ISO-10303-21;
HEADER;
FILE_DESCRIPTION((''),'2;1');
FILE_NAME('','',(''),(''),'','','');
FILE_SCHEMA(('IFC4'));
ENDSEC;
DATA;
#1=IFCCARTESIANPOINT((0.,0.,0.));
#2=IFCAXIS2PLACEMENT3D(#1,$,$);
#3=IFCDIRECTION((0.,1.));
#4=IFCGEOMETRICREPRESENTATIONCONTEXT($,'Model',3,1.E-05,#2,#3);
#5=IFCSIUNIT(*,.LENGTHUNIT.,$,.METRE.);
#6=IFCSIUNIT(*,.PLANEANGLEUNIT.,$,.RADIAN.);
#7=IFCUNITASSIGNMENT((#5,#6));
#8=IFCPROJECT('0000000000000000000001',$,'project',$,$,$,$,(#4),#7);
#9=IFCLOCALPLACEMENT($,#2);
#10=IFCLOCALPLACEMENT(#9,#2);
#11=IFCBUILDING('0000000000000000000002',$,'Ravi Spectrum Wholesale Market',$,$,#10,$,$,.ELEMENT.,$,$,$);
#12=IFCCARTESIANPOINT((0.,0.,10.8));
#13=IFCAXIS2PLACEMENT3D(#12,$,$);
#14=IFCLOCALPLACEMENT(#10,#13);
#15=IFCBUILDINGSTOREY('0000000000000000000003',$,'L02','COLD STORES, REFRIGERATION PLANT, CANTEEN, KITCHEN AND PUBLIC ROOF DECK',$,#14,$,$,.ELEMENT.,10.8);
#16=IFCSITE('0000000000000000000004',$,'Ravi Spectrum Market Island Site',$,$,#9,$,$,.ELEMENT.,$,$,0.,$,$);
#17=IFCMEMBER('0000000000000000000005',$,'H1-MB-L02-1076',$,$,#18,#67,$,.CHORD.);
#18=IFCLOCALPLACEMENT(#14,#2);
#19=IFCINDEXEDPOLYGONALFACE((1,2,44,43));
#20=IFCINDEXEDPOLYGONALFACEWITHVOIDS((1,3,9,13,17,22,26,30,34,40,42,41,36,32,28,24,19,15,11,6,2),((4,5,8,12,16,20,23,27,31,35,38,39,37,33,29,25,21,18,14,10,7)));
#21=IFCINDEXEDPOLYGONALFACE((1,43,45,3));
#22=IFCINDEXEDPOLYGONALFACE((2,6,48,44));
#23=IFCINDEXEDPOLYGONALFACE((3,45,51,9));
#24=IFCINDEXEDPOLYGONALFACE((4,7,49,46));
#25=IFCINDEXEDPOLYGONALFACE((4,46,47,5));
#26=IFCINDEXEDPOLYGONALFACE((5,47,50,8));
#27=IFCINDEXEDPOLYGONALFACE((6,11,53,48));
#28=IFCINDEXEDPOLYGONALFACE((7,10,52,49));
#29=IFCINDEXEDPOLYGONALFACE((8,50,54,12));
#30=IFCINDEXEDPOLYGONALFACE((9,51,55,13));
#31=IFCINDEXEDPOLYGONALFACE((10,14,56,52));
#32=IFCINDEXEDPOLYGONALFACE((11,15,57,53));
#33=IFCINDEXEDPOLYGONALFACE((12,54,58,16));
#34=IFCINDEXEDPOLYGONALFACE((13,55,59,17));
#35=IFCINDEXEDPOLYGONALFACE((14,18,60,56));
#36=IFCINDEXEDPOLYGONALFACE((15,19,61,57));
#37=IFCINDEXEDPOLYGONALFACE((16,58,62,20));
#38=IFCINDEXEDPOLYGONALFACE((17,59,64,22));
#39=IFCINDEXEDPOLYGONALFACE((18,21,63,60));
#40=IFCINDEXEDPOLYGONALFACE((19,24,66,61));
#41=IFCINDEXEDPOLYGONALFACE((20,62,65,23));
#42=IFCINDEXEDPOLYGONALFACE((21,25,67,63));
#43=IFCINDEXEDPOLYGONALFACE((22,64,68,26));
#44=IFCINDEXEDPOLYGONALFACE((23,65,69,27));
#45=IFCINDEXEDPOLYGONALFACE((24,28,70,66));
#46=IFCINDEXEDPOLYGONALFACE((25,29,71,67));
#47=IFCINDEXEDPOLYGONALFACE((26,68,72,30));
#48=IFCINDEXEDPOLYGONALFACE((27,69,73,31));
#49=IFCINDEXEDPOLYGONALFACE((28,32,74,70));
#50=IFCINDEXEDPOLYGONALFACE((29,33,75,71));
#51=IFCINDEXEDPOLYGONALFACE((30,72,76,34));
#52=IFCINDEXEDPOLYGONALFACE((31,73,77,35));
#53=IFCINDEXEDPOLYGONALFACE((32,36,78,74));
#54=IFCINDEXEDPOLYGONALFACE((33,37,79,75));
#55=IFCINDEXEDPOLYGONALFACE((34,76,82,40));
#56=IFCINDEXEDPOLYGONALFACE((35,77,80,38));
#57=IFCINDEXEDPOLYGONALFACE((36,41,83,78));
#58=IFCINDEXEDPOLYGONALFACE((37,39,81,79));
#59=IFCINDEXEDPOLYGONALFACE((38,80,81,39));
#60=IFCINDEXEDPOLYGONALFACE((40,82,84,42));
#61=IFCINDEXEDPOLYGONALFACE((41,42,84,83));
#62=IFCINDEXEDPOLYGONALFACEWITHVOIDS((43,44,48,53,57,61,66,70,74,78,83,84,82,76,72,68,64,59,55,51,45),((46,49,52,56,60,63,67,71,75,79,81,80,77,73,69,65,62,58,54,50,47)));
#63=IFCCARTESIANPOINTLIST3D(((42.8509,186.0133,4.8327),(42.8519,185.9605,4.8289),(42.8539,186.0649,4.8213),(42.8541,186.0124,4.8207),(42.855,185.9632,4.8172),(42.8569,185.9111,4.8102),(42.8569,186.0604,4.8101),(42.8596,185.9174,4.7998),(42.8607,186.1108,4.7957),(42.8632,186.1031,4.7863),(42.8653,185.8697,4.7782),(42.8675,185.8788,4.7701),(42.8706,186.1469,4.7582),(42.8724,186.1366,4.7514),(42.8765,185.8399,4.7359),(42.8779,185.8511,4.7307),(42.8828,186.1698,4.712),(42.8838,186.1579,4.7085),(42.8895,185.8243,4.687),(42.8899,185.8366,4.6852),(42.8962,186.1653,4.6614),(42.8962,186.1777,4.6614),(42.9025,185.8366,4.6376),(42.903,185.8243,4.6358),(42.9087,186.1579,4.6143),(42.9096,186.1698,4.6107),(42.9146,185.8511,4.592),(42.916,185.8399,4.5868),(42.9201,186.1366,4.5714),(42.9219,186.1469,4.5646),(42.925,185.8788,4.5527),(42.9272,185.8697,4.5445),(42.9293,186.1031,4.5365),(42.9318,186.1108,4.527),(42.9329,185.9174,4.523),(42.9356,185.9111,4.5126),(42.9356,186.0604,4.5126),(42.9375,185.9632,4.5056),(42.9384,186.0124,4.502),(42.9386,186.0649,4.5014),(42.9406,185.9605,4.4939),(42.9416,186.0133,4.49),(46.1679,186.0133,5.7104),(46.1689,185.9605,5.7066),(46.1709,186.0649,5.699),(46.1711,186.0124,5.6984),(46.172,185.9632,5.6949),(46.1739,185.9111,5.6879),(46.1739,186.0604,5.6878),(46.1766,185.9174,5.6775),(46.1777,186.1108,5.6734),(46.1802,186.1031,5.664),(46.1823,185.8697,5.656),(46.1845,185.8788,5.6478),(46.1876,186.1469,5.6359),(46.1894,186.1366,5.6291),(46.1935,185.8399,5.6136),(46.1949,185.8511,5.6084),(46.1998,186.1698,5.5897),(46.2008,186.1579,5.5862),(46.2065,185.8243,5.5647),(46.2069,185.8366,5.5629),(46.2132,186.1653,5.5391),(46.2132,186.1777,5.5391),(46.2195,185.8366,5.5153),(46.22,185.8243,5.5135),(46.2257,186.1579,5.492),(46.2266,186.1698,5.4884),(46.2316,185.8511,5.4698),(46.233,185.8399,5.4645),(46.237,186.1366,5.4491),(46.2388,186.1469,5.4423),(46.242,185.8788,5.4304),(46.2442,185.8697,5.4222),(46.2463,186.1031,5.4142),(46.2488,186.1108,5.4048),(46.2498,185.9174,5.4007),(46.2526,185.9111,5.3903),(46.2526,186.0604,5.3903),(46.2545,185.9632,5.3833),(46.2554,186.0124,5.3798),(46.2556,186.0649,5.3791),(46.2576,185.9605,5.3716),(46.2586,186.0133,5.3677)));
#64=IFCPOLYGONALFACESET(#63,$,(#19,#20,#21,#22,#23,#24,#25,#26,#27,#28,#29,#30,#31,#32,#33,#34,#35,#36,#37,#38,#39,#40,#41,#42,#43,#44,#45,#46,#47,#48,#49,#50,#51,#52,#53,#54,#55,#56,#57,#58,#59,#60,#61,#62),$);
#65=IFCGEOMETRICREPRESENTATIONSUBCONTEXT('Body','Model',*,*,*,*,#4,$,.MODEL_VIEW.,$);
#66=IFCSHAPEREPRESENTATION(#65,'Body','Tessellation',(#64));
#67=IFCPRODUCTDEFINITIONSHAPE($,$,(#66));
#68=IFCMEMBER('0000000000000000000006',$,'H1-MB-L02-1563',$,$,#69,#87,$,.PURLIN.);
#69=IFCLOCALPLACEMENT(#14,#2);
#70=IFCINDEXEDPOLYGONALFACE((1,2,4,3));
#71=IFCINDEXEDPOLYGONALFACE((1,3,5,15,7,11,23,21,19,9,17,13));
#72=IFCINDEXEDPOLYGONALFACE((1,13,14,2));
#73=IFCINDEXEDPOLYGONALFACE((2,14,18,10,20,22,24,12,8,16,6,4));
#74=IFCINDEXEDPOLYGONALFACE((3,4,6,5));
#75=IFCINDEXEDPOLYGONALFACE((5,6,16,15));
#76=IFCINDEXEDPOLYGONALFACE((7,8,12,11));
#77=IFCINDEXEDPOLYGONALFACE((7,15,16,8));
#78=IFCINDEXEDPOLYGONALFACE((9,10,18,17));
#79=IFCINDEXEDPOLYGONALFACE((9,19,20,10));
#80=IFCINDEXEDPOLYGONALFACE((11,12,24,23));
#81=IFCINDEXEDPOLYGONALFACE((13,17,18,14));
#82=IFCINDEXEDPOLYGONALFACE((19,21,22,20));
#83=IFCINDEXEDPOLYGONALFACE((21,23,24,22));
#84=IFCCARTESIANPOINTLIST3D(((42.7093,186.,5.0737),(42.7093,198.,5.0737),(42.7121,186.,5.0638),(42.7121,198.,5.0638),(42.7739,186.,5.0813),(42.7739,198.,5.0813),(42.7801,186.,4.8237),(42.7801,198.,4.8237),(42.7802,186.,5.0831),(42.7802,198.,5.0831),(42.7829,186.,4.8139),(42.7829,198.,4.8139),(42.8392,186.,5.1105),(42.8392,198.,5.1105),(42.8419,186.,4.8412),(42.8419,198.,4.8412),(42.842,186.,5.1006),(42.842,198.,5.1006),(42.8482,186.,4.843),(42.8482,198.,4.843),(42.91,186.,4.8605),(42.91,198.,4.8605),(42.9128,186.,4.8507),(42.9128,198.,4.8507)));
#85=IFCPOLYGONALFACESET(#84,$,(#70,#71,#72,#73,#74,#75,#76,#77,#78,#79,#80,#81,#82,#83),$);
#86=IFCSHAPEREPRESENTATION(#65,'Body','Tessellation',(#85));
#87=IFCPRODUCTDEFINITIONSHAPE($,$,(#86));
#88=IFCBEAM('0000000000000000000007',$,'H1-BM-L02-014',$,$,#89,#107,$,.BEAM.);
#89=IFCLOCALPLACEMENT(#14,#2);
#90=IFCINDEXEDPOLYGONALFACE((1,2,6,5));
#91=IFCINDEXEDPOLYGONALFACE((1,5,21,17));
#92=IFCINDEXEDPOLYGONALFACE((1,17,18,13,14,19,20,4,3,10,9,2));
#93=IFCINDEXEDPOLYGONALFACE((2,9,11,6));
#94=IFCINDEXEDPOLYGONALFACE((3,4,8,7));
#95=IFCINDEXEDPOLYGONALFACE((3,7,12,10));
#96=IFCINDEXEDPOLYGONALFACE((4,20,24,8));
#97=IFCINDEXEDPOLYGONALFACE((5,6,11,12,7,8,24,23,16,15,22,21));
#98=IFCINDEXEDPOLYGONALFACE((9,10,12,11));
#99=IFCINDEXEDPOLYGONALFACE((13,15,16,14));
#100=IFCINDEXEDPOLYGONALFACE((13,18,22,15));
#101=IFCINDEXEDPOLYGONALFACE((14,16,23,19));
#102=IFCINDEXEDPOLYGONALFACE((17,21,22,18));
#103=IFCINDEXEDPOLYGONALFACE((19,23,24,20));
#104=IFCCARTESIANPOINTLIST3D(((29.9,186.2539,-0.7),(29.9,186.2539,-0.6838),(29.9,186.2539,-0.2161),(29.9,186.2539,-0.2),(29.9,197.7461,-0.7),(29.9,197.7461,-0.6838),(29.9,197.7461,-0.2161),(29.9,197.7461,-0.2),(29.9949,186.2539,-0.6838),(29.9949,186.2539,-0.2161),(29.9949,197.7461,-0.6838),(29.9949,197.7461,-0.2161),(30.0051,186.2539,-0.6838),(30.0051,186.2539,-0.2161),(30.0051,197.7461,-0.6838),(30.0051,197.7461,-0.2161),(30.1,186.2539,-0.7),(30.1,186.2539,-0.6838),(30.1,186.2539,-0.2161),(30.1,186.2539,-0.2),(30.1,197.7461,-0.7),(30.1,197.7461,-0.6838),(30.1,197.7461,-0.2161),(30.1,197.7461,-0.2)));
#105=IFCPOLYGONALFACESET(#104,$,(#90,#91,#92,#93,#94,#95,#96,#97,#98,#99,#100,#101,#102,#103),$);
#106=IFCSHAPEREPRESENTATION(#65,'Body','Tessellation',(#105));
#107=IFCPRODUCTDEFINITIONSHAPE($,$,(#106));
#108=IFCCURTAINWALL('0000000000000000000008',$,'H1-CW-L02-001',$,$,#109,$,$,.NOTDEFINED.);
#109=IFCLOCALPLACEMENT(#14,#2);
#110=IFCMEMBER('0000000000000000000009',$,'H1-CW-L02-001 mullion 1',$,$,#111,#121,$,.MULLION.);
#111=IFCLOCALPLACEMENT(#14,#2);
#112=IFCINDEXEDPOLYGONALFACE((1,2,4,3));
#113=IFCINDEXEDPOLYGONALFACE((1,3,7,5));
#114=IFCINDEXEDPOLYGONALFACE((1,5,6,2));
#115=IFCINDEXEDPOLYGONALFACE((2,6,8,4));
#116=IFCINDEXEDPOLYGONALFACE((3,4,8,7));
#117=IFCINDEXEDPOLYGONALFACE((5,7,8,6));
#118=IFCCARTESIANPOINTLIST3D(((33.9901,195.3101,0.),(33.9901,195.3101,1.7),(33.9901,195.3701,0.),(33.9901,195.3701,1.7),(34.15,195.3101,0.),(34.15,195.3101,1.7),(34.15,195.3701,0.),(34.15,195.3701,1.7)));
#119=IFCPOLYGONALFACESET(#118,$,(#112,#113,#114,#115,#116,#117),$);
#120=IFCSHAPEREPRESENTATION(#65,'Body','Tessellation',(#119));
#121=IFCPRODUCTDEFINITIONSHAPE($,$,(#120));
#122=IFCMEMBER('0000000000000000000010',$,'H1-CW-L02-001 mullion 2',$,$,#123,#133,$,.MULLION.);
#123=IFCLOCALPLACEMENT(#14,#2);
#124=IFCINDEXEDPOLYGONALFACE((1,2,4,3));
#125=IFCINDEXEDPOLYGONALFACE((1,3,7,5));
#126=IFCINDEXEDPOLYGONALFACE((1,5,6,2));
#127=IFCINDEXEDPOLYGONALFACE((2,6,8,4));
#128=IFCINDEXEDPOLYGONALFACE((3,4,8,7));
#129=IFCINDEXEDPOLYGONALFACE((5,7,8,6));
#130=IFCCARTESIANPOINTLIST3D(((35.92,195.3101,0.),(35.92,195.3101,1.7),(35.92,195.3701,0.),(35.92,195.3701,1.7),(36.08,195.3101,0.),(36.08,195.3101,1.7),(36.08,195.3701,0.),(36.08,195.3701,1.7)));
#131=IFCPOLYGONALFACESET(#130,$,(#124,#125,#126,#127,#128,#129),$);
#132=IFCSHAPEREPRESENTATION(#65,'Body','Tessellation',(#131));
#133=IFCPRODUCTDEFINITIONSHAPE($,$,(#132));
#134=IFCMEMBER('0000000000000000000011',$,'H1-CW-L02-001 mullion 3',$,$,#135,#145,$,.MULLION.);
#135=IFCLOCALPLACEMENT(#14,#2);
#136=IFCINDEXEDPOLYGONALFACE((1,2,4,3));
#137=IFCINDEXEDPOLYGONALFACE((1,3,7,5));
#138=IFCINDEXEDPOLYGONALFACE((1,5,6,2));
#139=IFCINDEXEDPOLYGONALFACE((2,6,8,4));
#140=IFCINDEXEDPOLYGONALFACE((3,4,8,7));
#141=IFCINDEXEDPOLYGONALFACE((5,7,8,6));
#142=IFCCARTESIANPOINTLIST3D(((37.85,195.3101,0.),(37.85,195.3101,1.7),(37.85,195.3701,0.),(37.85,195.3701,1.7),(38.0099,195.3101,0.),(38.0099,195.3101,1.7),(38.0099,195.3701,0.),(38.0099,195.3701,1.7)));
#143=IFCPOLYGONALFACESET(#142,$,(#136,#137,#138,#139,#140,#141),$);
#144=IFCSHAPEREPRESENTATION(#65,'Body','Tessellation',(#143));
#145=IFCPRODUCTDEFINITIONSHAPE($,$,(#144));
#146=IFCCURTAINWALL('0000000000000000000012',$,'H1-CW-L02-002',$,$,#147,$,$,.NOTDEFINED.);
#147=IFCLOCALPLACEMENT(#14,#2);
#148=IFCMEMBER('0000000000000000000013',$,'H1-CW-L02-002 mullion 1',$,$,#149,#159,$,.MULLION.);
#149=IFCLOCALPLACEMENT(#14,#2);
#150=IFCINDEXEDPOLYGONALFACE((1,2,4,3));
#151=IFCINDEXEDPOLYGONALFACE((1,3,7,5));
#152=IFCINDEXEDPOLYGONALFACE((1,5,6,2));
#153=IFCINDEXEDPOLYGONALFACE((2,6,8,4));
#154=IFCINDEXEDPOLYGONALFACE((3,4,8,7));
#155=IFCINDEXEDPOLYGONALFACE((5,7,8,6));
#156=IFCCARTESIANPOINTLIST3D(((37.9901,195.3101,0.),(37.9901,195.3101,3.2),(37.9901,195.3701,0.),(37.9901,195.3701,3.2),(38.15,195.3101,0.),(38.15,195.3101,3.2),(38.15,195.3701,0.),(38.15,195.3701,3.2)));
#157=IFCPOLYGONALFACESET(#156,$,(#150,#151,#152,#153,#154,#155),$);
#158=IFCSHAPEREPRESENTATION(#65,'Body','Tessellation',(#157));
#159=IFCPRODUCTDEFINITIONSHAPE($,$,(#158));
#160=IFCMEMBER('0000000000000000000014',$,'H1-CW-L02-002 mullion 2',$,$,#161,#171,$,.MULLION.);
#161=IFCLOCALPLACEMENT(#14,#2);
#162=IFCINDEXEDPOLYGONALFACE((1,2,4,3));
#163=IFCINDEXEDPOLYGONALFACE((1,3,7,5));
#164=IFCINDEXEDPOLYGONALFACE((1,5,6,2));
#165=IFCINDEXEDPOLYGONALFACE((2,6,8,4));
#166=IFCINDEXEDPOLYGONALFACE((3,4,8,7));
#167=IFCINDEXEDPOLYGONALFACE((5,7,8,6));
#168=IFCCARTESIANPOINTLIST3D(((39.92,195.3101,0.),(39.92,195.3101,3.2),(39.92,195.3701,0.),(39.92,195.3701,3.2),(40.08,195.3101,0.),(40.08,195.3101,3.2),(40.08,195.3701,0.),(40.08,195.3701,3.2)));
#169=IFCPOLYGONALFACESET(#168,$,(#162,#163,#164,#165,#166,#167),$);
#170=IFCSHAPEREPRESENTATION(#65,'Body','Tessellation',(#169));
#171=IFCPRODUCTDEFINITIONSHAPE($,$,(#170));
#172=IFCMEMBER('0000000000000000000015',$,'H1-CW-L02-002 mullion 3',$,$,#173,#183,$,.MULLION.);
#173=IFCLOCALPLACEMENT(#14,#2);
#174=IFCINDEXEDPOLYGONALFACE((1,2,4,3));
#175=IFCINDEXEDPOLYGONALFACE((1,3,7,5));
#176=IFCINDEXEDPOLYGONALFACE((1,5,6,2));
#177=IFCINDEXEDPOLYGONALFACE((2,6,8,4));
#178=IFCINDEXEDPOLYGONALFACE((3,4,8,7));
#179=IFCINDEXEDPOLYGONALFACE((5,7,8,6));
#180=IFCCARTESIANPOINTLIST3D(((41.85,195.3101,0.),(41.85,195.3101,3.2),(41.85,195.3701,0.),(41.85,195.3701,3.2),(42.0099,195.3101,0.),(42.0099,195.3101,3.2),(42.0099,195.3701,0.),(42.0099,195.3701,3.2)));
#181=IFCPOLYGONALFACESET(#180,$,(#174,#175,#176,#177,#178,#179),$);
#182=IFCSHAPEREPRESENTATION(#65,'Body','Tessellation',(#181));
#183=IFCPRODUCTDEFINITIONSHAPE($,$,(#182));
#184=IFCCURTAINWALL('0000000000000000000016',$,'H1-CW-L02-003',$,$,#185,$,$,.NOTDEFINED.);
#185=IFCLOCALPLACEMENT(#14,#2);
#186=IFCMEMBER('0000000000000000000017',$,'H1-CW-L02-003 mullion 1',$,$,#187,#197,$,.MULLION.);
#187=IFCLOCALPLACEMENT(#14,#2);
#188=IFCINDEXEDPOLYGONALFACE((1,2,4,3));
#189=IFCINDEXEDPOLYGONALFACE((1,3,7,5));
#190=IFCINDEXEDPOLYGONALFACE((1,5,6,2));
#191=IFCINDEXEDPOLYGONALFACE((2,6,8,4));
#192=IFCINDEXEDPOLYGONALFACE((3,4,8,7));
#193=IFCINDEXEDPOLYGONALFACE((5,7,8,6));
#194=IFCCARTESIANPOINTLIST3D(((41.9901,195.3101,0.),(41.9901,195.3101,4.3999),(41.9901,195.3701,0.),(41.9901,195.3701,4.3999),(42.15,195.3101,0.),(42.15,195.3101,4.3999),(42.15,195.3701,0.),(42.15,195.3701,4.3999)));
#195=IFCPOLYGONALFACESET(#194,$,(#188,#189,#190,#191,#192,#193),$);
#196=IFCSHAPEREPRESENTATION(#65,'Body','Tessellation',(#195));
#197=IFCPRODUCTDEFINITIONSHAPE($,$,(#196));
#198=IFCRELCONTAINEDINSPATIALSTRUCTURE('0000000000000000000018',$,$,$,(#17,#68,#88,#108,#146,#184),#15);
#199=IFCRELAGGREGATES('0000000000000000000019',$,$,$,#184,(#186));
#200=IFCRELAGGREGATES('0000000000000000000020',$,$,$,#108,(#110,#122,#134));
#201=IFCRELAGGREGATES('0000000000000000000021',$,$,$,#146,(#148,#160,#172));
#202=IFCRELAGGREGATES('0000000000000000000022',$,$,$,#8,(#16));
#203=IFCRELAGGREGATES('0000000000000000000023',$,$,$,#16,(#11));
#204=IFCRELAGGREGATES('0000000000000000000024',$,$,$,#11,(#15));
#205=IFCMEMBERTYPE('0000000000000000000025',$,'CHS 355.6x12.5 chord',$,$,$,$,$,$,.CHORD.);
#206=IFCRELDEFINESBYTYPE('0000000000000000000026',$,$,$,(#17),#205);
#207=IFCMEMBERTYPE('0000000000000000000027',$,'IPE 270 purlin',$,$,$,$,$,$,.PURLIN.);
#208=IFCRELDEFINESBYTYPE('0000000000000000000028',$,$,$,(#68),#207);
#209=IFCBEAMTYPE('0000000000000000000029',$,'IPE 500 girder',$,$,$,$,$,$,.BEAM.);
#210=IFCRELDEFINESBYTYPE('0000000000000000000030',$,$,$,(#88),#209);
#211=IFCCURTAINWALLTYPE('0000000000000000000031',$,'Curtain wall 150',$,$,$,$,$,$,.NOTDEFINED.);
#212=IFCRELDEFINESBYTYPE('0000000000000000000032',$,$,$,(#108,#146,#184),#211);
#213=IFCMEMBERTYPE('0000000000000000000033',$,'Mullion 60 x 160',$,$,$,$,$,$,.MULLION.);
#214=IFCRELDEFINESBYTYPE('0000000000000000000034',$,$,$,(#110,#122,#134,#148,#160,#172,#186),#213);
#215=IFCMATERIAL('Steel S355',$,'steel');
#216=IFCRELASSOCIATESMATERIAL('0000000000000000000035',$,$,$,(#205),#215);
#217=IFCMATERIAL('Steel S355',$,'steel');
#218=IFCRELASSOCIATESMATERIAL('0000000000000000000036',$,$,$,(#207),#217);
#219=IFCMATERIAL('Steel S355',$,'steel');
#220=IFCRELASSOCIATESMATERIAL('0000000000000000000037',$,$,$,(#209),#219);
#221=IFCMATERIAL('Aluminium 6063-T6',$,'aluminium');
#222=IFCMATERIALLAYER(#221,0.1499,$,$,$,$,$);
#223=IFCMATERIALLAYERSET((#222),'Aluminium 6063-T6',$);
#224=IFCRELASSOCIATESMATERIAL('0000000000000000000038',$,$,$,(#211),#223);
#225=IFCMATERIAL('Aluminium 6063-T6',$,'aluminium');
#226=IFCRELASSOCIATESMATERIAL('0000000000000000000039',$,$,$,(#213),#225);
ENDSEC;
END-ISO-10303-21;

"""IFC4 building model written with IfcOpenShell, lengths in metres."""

from ifc_helpers import new_model, si_unit, direction, frame, origin, origin_2d, place, context, subcontext, project, spatial, rectangle, hollow_circle, i_section, extrude, material, layer, layer_set, material_profile, profile_set, type_object, element, aggregate, save


model = new_model("IFC4")

# Units and contexts
model_context = context("Model", 3, precision=1e-05, world=origin(), true_north=direction((0.0, 1.0)))
body_context = subcontext(model_context, "Body", "Model", "MODEL_VIEW")
ifc_project = project(units=[si_unit("LENGTHUNIT", "METRE"), si_unit("PLANEANGLEUNIT", "RADIAN")], contexts=[model_context])

# Site, building, storey
site_placement = place(None, origin())
site = spatial("IfcSite", under=ifc_project, at=site_placement, Name="Ravi Spectrum Market Island Site", CompositionType="ELEMENT", RefElevation=0.0)
building_placement = place(site_placement, origin())
building = spatial("IfcBuilding", under=site, at=building_placement, Name="Ravi Spectrum Wholesale Market", CompositionType="ELEMENT")
storey_placement = place(building_placement, frame((0.0, 0.0, 10.8)))
storey = spatial("IfcBuildingStorey", under=building, at=storey_placement, Name="L02", Description="COLD STORES, REFRIGERATION PLANT, CANTEEN, KITCHEN AND PUBLIC ROOF DECK", CompositionType="ELEMENT", Elevation=10.8)

# Members
ifc_material_1 = material(Name="Steel S355", Category="steel")
ifc_material_profile_1 = material_profile(ifc_material_1, hollow_circle(Radius=0.1777, WallThickness=0.0125, at=origin_2d()))
ifc_profile_set_1 = profile_set([ifc_material_profile_1], Name="Steel S355")
member_type_1 = type_object("IfcMemberType", Name="CHS 355.6x12.5 chord", PredefinedType="CHORD", material=ifc_profile_set_1)
member_1_placement = place(storey_placement, frame((42.8962, 186.0, 4.6614), z_axis=(0.966728, 0.0, 0.255807), x_axis=(0.0, 1.0, 0.0)))
element("IfcMember", 1, at=member_1_placement, inside=storey, type_object=member_type_1, Name="H1-MB-L02-1076", PredefinedType="CHORD", context=body_context, shape_type="SweptSolid", body=[
    extrude(hollow_circle(Radius=0.1777, WallThickness=0.0125, at=origin_2d()), origin(), (0.0, 0.0, 1.0), 3.4312),
])
ifc_material_2 = material(Name="Steel S355", Category="steel")
ifc_material_profile_2 = material_profile(ifc_material_2, i_section(OverallWidth=0.135, OverallDepth=0.27, WebThickness=0.0066, FlangeThickness=0.0103, at=origin_2d()))
ifc_profile_set_2 = profile_set([ifc_material_profile_2], Name="Steel S355")
member_type_2 = type_object("IfcMemberType", Name="IPE 270 purlin", PredefinedType="PURLIN", material=ifc_profile_set_2)
member_2_placement = place(storey_placement, frame((42.811, 186.0, 4.9622), z_axis=(0.0, 1.0, 0.0), x_axis=(-0.962156, 0.0, -0.272499)))
element("IfcMember", 2, at=member_2_placement, inside=storey, type_object=member_type_2, Name="H1-MB-L02-1563", PredefinedType="PURLIN", context=body_context, shape_type="SweptSolid", body=[
    extrude(i_section(OverallWidth=0.135, OverallDepth=0.27, WebThickness=0.0066, FlangeThickness=0.0103, at=origin_2d()), origin(), (0.0, 0.0, 1.0), 12.0),
])

# Beam
ifc_material_3 = material(Name="Steel S355", Category="steel")
ifc_material_profile_3 = material_profile(ifc_material_3, i_section(OverallWidth=0.2, OverallDepth=0.5, WebThickness=0.0103, FlangeThickness=0.0161, at=origin_2d()))
ifc_profile_set_3 = profile_set([ifc_material_profile_3], Name="Steel S355")
beam_type = type_object("IfcBeamType", Name="IPE 500 girder", PredefinedType="BEAM", material=ifc_profile_set_3)
beam_placement = place(storey_placement, frame((30.0, 186.2539, -0.45), z_axis=(0.0, 1.0, 0.0), x_axis=(-1.0, 0.0, 0.0)))
element("IfcBeam", 3, at=beam_placement, inside=storey, type_object=beam_type, Name="H1-BM-L02-014", PredefinedType="BEAM", context=body_context, shape_type="SweptSolid", body=[
    extrude(i_section(OverallWidth=0.2, OverallDepth=0.5, WebThickness=0.0103, FlangeThickness=0.0161, at=origin_2d()), origin(), (0.0, 0.0, 1.0), 11.4922),
])

# Curtain walls, members
ifc_material_4 = material(Name="Aluminium 6063-T6", Category="aluminium")
ifc_layer_1 = layer(ifc_material_4, 0.1499)
ifc_layer_set_1 = layer_set([ifc_layer_1], Name="Aluminium 6063-T6")
curtain_wall_type = type_object("IfcCurtainWallType", Name="Curtain wall 150", PredefinedType="NOTDEFINED", material=ifc_layer_set_1)
curtain_wall_1_placement = place(storey_placement, origin())
curtain_wall_1 = element("IfcCurtainWall", 4, at=curtain_wall_1_placement, inside=storey, type_object=curtain_wall_type, Name="H1-CW-L02-001", PredefinedType="NOTDEFINED")
ifc_material_5 = material(Name="Aluminium 6063-T6", Category="aluminium")
ifc_material_profile_4 = material_profile(ifc_material_5, rectangle(XDim=0.0601, YDim=0.1599, at=origin_2d()))
ifc_profile_set_4 = profile_set([ifc_material_profile_4], Name="Aluminium 6063-T6")
member_type_3 = type_object("IfcMemberType", Name="Mullion 60 x 160", PredefinedType="MULLION", material=ifc_profile_set_4)
member_3_placement = place(storey_placement, frame((34.0701, 195.3401, 0.0), z_axis=(0.0, 0.0, 1.0), x_axis=(0.0, 1.0, 0.0)))
member_3 = element("IfcMember", 5, at=member_3_placement, type_object=member_type_3, Name="H1-CW-L02-001 mullion 1", PredefinedType="MULLION", context=body_context, shape_type="SweptSolid", body=[
    extrude(rectangle(XDim=0.0601, YDim=0.1599, at=origin_2d()), origin(), (0.0, 0.0, 1.0), 1.7),
])
member_4_placement = place(storey_placement, frame((36.0, 195.3401, 0.0), z_axis=(0.0, 0.0, 1.0), x_axis=(0.0, 1.0, 0.0)))
member_4 = element("IfcMember", 6, at=member_4_placement, type_object=member_type_3, Name="H1-CW-L02-001 mullion 2", PredefinedType="MULLION", context=body_context, shape_type="SweptSolid", body=[
    extrude(rectangle(XDim=0.0601, YDim=0.1599, at=origin_2d()), origin(), (0.0, 0.0, 1.0), 1.7),
])
member_5_placement = place(storey_placement, frame((37.9299, 195.3401, 0.0), z_axis=(0.0, 0.0, 1.0), x_axis=(0.0, 1.0, 0.0)))
member_5 = element("IfcMember", 7, at=member_5_placement, type_object=member_type_3, Name="H1-CW-L02-001 mullion 3", PredefinedType="MULLION", context=body_context, shape_type="SweptSolid", body=[
    extrude(rectangle(XDim=0.0601, YDim=0.1599, at=origin_2d()), origin(), (0.0, 0.0, 1.0), 1.7),
])
curtain_wall_2_placement = place(storey_placement, origin())
curtain_wall_2 = element("IfcCurtainWall", 8, at=curtain_wall_2_placement, inside=storey, type_object=curtain_wall_type, Name="H1-CW-L02-002", PredefinedType="NOTDEFINED")
member_6_placement = place(storey_placement, frame((38.0701, 195.3401, 0.0), z_axis=(0.0, 0.0, 1.0), x_axis=(0.0, 1.0, 0.0)))
member_6 = element("IfcMember", 9, at=member_6_placement, type_object=member_type_3, Name="H1-CW-L02-002 mullion 1", PredefinedType="MULLION", context=body_context, shape_type="SweptSolid", body=[
    extrude(rectangle(XDim=0.0601, YDim=0.1599, at=origin_2d()), origin(), (0.0, 0.0, 1.0), 3.2),
])
member_7_placement = place(storey_placement, frame((40.0, 195.3401, 0.0), z_axis=(0.0, 0.0, 1.0), x_axis=(0.0, 1.0, 0.0)))
member_7 = element("IfcMember", 10, at=member_7_placement, type_object=member_type_3, Name="H1-CW-L02-002 mullion 2", PredefinedType="MULLION", context=body_context, shape_type="SweptSolid", body=[
    extrude(rectangle(XDim=0.0601, YDim=0.1599, at=origin_2d()), origin(), (0.0, 0.0, 1.0), 3.2),
])
member_8_placement = place(storey_placement, frame((41.9299, 195.3401, 0.0), z_axis=(0.0, 0.0, 1.0), x_axis=(0.0, 1.0, 0.0)))
member_8 = element("IfcMember", 11, at=member_8_placement, type_object=member_type_3, Name="H1-CW-L02-002 mullion 3", PredefinedType="MULLION", context=body_context, shape_type="SweptSolid", body=[
    extrude(rectangle(XDim=0.0601, YDim=0.1599, at=origin_2d()), origin(), (0.0, 0.0, 1.0), 3.2),
])

# Curtain wall, member
curtain_wall_3_placement = place(storey_placement, origin())
curtain_wall_3 = element("IfcCurtainWall", 12, at=curtain_wall_3_placement, inside=storey, type_object=curtain_wall_type, Name="H1-CW-L02-003", PredefinedType="NOTDEFINED")
member_9_placement = place(storey_placement, frame((42.0701, 195.3401, 0.0), z_axis=(0.0, 0.0, 1.0), x_axis=(0.0, 1.0, 0.0)))
member_9 = element("IfcMember", 13, at=member_9_placement, type_object=member_type_3, Name="H1-CW-L02-003 mullion 1", PredefinedType="MULLION", context=body_context, shape_type="SweptSolid", body=[
    extrude(rectangle(XDim=0.0601, YDim=0.1599, at=origin_2d()), origin(), (0.0, 0.0, 1.0), 4.3999),
])

aggregate(curtain_wall_3, [member_9])

aggregate(curtain_wall_1, [member_3, member_4, member_5])
aggregate(curtain_wall_2, [member_6, member_7, member_8])

save(model, "model.ifc")
